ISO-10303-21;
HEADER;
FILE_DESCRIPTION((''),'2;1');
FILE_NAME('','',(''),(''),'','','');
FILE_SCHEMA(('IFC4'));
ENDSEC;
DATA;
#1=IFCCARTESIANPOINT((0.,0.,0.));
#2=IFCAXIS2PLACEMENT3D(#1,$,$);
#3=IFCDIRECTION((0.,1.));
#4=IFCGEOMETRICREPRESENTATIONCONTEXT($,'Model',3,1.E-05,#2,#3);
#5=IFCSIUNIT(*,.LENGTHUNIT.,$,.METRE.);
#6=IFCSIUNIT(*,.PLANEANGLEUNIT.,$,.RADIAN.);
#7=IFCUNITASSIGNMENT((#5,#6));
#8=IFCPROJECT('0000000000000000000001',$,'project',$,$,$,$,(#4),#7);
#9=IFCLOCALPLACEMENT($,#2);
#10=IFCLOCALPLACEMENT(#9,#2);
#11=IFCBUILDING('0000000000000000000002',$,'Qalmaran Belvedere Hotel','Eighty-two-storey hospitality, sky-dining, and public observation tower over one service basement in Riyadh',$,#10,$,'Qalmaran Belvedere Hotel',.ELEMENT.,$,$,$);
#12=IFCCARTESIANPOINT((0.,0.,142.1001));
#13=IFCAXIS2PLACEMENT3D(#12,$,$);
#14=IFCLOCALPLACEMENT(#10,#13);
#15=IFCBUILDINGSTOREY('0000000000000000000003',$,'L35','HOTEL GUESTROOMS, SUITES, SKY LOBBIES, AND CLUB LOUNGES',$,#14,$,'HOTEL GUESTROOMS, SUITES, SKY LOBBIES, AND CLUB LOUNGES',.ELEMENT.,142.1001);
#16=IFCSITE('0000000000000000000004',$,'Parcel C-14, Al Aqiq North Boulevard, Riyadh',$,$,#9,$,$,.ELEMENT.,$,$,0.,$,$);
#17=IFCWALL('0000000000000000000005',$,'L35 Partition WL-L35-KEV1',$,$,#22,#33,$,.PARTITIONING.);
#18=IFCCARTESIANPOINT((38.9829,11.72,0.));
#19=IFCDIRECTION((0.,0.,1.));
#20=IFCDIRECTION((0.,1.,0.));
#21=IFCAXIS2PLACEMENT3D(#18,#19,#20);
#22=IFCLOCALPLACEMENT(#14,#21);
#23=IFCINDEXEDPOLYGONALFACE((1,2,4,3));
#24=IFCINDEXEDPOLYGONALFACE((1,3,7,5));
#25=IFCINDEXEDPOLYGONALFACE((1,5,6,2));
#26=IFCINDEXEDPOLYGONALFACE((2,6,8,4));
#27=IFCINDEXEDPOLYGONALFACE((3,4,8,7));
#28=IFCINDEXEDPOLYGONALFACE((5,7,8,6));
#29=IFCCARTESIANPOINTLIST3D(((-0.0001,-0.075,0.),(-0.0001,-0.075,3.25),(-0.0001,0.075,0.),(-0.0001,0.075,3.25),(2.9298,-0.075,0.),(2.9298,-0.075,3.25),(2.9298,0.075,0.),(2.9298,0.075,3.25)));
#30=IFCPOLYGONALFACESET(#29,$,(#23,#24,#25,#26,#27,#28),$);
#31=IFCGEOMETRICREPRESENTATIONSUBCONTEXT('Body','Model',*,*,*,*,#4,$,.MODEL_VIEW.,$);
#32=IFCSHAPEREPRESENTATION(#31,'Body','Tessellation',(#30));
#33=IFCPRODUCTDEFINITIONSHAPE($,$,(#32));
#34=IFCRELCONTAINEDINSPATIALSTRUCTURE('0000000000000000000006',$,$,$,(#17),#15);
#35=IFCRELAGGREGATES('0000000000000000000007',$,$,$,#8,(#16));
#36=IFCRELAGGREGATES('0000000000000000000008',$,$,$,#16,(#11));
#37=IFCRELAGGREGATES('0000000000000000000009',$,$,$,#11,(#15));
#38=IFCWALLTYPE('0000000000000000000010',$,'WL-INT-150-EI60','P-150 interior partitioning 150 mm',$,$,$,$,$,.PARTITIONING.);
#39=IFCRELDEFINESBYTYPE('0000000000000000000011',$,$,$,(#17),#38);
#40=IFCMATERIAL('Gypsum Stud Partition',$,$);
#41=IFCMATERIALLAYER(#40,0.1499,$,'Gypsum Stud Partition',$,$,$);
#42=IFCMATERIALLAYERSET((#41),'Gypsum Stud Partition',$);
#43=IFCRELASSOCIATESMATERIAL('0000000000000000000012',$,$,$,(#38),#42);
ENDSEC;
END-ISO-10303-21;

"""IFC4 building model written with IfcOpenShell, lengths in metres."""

from ifc_helpers import new_model, si_unit, direction, frame, frame_2d, origin, place, context, subcontext, project, spatial, rectangle, extrude, material, layer, layer_set, type_object, element, save


model = new_model("IFC4")

# Units and contexts
model_context = context("Model", 3, precision=1e-05, world=origin(), true_north=direction((0.0, 1.0)))
body_context = subcontext(model_context, "Body", "Model", "MODEL_VIEW")
ifc_project = project(units=[si_unit("LENGTHUNIT", "METRE"), si_unit("PLANEANGLEUNIT", "RADIAN")], contexts=[model_context])

# Site, building, storey
site_placement = place(None, origin())
site = spatial("IfcSite", under=ifc_project, at=site_placement, Name="Parcel C-14, Al Aqiq North Boulevard, Riyadh", CompositionType="ELEMENT", RefElevation=0.0)
building_placement = place(site_placement, origin())
building = spatial("IfcBuilding", under=site, at=building_placement, Name="Qalmaran Belvedere Hotel", Description="Eighty-two-storey hospitality, sky-dining, and public observation tower over one service basement in Riyadh", LongName="Qalmaran Belvedere Hotel", CompositionType="ELEMENT")
storey_placement = place(building_placement, frame((0.0, 0.0, 142.1001)))
storey = spatial("IfcBuildingStorey", under=building, at=storey_placement, Name="L35", Description="HOTEL GUESTROOMS, SUITES, SKY LOBBIES, AND CLUB LOUNGES", LongName="HOTEL GUESTROOMS, SUITES, SKY LOBBIES, AND CLUB LOUNGES", CompositionType="ELEMENT", Elevation=142.1001)

# Wall
ifc_material_1 = material(Name="Gypsum Stud Partition")
ifc_layer_1 = layer(ifc_material_1, 0.1499, Name="Gypsum Stud Partition")
ifc_layer_set_1 = layer_set([ifc_layer_1], Name="Gypsum Stud Partition")
wall_type_1 = type_object("IfcWallType", Name="WL-INT-150-EI60", Description="P-150 interior partitioning 150 mm", PredefinedType="PARTITIONING", material=ifc_layer_set_1)
wall_1_placement = place(storey_placement, frame((38.9829, 11.72, 0.0), z_axis=(0.0, 0.0, 1.0), x_axis=(0.0, 1.0, 0.0)))
element("IfcWall", 1, at=wall_1_placement, inside=storey, type_object=wall_type_1, Name="L35 Partition WL-L35-KEV1", PredefinedType="PARTITIONING", context=body_context, shape_type="SweptSolid", body=[
    extrude(rectangle(XDim=2.9299, YDim=0.1499, at=frame_2d((1.4648, 0.0))), origin(), (0.0, 0.0, 1.0), 3.25),
])

save(model, "model.ifc")
